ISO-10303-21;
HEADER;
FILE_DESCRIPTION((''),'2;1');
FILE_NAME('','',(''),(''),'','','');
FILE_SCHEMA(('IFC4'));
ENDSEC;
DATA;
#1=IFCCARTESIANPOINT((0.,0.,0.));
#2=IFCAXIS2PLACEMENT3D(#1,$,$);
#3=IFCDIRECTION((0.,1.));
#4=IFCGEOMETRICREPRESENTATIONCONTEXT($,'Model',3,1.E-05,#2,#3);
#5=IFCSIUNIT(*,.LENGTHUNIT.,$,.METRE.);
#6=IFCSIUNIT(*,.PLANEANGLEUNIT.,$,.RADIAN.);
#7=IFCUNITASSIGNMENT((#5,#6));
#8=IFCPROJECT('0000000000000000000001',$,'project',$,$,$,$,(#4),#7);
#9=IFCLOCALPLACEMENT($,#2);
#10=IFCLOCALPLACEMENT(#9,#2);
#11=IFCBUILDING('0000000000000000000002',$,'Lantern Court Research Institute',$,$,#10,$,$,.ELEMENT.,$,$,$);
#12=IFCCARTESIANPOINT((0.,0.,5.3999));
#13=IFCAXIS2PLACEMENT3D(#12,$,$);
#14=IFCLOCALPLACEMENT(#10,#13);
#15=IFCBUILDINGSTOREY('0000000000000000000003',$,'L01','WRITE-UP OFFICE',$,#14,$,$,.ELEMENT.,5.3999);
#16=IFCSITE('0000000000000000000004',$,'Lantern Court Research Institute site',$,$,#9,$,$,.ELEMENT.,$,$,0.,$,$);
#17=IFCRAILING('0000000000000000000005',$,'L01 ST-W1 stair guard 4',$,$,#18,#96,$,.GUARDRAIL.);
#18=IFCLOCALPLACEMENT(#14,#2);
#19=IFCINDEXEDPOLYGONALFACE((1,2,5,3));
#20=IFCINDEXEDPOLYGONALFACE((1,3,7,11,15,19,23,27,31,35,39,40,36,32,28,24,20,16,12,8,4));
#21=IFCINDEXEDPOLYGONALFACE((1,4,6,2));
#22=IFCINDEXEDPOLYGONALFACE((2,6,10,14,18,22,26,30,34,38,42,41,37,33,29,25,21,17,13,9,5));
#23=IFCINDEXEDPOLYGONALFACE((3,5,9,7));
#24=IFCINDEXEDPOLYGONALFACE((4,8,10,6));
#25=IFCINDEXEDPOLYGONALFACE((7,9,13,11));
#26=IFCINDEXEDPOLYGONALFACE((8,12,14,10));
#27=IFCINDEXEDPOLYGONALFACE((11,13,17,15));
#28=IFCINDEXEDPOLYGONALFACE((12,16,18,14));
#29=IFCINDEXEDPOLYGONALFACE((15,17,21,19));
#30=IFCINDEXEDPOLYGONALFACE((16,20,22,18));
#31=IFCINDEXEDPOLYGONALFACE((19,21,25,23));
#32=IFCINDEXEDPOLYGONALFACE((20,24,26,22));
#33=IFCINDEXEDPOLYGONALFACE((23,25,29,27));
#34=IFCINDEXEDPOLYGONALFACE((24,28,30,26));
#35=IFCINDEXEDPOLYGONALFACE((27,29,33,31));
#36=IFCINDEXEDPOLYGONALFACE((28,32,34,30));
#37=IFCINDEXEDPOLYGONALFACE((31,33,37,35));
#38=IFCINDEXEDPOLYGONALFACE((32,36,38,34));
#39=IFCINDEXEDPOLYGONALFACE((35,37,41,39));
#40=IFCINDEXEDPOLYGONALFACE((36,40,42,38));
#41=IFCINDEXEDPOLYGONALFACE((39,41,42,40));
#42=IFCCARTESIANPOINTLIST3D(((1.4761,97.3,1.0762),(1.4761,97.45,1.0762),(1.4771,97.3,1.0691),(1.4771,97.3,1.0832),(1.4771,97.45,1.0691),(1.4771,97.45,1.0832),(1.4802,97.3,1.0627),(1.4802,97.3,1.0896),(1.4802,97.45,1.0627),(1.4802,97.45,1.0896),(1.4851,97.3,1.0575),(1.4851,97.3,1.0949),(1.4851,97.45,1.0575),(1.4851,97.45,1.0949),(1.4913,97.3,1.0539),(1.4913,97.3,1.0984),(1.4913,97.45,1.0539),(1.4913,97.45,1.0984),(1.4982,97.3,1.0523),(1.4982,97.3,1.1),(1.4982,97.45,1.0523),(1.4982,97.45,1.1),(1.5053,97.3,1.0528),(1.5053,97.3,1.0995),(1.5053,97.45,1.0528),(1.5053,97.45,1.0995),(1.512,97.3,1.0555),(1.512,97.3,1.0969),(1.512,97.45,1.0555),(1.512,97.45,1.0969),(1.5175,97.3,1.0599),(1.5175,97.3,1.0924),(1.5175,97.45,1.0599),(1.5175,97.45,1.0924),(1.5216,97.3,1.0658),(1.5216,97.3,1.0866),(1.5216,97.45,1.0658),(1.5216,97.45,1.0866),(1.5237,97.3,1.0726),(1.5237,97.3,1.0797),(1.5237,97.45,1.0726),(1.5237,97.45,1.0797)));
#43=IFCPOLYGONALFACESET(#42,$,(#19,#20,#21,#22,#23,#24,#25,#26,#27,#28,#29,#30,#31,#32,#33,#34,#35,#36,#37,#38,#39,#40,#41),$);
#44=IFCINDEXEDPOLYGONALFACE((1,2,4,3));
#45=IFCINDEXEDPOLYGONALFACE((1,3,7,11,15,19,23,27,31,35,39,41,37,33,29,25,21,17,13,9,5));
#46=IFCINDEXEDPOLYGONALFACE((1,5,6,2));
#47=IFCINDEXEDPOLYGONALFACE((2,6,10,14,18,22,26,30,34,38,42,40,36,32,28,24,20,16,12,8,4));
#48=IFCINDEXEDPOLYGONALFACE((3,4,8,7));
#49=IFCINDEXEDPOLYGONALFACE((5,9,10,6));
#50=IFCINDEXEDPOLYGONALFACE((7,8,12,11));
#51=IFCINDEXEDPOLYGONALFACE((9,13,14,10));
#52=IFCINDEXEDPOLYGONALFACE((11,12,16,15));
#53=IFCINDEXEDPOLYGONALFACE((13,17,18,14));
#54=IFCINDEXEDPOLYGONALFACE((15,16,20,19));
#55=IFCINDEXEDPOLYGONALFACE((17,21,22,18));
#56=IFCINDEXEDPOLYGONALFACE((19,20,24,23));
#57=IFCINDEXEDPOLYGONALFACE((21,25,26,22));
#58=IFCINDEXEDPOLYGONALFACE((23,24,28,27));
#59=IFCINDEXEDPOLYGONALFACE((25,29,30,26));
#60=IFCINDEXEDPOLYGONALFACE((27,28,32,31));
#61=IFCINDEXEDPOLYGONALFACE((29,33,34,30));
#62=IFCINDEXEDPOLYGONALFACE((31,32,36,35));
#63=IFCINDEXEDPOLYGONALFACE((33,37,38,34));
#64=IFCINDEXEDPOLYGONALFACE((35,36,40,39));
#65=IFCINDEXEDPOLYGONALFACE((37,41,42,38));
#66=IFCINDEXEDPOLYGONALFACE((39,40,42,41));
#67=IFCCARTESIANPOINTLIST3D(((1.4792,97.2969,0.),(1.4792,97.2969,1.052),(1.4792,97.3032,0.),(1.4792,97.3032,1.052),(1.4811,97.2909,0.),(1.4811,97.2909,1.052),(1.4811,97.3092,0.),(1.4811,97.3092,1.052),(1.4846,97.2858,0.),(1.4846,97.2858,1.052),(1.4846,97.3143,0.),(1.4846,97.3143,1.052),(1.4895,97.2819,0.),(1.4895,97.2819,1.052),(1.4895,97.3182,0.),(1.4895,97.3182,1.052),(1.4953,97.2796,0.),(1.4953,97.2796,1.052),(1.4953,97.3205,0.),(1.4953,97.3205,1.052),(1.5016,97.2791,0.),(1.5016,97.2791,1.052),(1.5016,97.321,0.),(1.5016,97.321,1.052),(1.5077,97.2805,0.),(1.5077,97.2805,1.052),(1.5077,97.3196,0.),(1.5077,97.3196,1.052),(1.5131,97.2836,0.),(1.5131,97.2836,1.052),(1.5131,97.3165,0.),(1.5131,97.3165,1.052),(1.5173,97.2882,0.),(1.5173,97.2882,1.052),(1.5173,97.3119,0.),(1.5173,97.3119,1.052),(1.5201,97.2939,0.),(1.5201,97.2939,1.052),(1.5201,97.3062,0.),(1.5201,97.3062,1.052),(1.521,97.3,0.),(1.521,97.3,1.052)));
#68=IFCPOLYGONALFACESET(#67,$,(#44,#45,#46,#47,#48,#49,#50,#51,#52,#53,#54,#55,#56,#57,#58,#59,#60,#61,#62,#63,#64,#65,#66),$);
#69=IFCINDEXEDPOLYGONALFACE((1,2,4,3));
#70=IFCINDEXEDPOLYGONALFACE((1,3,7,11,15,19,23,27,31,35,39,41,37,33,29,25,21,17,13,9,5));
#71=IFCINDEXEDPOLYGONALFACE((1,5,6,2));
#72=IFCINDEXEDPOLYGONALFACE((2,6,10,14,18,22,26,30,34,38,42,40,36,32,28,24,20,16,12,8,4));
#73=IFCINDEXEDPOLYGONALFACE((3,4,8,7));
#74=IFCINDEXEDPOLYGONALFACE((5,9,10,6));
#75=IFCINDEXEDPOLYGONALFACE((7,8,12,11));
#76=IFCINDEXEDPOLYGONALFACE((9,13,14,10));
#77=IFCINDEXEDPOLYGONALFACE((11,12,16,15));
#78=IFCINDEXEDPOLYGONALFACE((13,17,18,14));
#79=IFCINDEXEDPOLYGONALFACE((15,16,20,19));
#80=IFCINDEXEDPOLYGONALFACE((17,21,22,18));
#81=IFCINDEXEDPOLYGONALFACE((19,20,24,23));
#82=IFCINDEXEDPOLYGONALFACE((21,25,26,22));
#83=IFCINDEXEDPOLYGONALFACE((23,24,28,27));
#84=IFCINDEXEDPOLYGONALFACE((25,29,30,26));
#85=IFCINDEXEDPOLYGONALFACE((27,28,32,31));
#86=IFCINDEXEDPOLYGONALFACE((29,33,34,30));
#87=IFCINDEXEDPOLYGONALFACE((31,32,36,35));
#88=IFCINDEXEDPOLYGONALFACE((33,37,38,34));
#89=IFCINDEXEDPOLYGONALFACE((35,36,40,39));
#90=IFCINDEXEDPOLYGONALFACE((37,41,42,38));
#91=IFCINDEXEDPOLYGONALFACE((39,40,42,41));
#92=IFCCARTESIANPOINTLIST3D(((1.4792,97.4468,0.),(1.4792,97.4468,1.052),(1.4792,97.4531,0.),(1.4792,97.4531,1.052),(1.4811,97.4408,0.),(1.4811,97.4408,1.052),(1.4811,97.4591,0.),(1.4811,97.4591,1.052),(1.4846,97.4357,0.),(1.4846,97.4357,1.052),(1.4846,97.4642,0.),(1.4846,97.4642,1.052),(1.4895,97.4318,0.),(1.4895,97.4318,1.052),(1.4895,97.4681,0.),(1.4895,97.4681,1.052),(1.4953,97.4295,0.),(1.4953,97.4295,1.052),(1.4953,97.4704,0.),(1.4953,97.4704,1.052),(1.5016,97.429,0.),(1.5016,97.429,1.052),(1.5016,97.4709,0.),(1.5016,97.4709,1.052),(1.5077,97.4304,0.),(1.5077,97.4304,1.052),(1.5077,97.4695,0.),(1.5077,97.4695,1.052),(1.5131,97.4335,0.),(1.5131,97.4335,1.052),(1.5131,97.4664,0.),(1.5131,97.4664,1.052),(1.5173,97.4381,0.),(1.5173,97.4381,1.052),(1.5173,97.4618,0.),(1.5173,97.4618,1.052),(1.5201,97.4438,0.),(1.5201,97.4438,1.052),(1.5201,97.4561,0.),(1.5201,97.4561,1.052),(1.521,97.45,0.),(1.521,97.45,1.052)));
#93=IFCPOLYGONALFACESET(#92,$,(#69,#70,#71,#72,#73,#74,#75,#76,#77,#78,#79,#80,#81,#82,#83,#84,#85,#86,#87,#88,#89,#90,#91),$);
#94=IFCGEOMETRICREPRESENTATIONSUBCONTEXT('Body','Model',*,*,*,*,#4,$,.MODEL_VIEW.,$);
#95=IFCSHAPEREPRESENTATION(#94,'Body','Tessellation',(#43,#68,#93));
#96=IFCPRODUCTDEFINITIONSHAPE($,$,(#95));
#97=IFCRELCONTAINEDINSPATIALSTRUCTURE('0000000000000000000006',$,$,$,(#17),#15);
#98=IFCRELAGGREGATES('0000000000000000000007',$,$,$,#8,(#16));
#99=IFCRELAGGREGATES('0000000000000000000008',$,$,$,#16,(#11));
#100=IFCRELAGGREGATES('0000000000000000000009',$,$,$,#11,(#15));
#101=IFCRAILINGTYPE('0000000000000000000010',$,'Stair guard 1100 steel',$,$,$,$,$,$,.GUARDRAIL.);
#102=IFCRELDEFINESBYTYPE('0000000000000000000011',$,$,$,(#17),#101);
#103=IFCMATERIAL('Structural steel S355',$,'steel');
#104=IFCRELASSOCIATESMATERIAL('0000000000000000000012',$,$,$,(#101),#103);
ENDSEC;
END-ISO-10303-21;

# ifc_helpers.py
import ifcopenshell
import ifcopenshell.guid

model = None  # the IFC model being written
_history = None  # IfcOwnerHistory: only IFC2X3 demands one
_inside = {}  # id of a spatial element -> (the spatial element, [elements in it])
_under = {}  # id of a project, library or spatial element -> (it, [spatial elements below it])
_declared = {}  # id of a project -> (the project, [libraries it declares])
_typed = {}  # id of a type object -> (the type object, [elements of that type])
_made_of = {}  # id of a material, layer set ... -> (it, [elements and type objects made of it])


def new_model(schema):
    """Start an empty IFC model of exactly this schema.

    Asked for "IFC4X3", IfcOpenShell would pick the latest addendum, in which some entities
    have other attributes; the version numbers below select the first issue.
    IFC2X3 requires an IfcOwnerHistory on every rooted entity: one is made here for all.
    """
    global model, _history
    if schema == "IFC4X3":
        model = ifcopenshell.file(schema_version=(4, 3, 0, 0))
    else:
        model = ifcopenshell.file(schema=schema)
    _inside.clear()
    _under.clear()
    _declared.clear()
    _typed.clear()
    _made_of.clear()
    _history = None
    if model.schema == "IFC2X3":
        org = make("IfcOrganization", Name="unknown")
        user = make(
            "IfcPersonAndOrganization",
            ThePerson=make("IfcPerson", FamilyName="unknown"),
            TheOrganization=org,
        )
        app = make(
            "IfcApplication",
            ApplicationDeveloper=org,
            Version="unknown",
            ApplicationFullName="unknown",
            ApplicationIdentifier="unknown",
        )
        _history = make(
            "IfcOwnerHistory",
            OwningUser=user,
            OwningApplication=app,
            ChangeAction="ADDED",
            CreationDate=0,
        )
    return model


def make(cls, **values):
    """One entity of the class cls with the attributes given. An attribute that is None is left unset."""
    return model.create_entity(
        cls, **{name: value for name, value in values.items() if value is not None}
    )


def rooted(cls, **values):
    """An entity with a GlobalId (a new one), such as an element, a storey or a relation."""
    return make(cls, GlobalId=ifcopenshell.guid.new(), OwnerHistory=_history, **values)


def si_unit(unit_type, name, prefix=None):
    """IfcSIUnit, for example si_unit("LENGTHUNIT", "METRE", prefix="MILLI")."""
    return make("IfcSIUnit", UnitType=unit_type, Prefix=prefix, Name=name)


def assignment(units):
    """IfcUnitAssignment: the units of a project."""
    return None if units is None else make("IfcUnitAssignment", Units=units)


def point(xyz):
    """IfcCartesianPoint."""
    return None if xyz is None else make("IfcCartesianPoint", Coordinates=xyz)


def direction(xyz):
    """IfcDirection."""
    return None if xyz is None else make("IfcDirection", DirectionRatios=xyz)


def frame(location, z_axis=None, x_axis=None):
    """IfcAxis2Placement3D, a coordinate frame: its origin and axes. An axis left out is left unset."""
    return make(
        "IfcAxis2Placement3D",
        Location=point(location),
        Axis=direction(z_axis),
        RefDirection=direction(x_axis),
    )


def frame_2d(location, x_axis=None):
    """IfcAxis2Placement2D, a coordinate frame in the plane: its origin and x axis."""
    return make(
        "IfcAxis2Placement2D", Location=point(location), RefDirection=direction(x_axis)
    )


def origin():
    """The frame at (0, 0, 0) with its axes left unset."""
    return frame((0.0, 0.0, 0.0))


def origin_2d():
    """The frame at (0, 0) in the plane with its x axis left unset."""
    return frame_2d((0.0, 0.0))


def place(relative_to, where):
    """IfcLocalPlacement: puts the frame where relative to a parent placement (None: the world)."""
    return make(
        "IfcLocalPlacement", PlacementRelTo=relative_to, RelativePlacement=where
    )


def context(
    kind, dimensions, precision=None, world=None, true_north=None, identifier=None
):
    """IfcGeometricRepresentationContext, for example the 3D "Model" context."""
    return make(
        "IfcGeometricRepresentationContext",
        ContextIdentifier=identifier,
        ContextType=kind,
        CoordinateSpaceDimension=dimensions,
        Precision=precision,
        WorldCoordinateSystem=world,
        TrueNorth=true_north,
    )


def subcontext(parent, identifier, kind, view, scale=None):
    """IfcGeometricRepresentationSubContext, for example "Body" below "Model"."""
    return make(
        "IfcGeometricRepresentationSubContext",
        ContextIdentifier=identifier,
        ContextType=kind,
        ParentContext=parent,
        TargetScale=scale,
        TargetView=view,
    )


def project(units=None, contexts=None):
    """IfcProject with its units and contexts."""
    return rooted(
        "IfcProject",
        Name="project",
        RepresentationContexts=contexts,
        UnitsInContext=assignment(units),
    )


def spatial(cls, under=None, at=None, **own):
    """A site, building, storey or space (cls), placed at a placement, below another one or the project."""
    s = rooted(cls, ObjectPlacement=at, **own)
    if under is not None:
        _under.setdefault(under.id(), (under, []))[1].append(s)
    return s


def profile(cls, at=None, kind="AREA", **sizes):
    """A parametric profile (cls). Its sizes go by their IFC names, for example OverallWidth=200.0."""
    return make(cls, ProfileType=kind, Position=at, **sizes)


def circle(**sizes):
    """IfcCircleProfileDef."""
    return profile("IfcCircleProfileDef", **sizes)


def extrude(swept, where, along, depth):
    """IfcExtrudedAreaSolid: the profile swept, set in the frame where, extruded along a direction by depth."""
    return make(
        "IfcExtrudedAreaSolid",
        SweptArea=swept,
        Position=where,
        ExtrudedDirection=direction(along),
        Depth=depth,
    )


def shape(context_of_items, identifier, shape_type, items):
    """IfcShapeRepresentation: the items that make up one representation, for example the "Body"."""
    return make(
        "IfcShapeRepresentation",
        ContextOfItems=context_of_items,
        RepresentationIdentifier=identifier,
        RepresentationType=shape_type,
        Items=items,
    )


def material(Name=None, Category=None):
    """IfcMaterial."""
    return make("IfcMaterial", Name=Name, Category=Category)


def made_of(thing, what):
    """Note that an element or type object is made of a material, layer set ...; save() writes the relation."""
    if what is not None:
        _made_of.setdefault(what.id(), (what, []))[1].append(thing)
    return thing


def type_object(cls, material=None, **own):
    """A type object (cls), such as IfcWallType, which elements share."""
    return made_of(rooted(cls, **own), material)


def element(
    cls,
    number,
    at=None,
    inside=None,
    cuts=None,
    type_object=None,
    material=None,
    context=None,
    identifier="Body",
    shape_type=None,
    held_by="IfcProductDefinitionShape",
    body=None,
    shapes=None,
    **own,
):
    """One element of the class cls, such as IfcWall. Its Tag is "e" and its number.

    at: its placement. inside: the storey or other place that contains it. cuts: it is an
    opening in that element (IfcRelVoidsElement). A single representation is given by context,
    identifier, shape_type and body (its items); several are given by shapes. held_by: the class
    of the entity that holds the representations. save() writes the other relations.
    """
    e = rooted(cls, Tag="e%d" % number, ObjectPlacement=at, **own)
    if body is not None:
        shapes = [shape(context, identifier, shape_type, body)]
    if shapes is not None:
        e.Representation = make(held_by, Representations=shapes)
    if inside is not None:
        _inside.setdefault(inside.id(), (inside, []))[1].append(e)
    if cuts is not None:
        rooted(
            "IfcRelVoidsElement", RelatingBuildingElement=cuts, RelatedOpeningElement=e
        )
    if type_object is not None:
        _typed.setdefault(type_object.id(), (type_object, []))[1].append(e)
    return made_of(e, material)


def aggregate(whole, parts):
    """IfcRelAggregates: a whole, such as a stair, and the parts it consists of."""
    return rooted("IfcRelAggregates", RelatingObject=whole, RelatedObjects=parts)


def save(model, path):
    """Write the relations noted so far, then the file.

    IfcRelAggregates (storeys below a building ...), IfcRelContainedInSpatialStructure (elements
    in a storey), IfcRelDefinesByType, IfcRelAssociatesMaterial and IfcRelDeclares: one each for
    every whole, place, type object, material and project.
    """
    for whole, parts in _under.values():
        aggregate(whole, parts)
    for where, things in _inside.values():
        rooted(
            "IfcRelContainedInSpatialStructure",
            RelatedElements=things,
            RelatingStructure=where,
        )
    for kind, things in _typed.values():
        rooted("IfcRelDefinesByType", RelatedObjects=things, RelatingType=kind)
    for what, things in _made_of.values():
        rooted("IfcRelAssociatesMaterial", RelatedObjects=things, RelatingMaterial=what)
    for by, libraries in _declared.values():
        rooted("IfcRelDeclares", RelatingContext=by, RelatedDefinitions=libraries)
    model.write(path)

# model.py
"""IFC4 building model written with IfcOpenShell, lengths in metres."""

from ifc_helpers import new_model, si_unit, direction, frame, origin, origin_2d, place, context, subcontext, project, spatial, circle, extrude, material, type_object, element, save


model = new_model("IFC4")

# Units and contexts
model_context = context("Model", 3, precision=1e-05, world=origin(), true_north=direction((0.0, 1.0)))
body_context = subcontext(model_context, "Body", "Model", "MODEL_VIEW")
ifc_project = project(units=[si_unit("LENGTHUNIT", "METRE"), si_unit("PLANEANGLEUNIT", "RADIAN")], contexts=[model_context])

# Site, building, storey
site_placement = place(None, origin())
site = spatial("IfcSite", under=ifc_project, at=site_placement, Name="Lantern Court Research Institute site", CompositionType="ELEMENT", RefElevation=0.0)
building_placement = place(site_placement, origin())
building = spatial("IfcBuilding", under=site, at=building_placement, Name="Lantern Court Research Institute", CompositionType="ELEMENT")
storey_placement = place(building_placement, frame((0.0, 0.0, 5.3999)))
storey = spatial("IfcBuildingStorey", under=building, at=storey_placement, Name="L01", Description="WRITE-UP OFFICE", CompositionType="ELEMENT", Elevation=5.3999)

# Railing
ifc_material_1 = material(Name="Structural steel S355", Category="steel")
railing_type_1 = type_object("IfcRailingType", Name="Stair guard 1100 steel", PredefinedType="GUARDRAIL", material=ifc_material_1)
railing_1_placement = place(storey_placement, frame((1.5, 97.3, 0.0)))
element("IfcRailing", 1, at=railing_1_placement, inside=storey, type_object=railing_type_1, Name="L01 ST-W1 stair guard 4", PredefinedType="GUARDRAIL", context=body_context, shape_type="SweptSolid", body=[
    extrude(circle(Radius=0.0239, at=origin_2d()), frame((0.0, 0.0, 1.0762), z_axis=(0.0, 1.0, 0.0), x_axis=(-1.0, 0.0, 0.0)), (0.0, 0.0, 1.0), 0.1499),
    extrude(circle(Radius=0.021, at=origin_2d()), origin(), (0.0, 0.0, 1.0), 1.052),
    extrude(circle(Radius=0.021, at=origin_2d()), frame((0.0, 0.1499, 0.0)), (0.0, 0.0, 1.0), 1.052),
])

save(model, "model.ifc")
